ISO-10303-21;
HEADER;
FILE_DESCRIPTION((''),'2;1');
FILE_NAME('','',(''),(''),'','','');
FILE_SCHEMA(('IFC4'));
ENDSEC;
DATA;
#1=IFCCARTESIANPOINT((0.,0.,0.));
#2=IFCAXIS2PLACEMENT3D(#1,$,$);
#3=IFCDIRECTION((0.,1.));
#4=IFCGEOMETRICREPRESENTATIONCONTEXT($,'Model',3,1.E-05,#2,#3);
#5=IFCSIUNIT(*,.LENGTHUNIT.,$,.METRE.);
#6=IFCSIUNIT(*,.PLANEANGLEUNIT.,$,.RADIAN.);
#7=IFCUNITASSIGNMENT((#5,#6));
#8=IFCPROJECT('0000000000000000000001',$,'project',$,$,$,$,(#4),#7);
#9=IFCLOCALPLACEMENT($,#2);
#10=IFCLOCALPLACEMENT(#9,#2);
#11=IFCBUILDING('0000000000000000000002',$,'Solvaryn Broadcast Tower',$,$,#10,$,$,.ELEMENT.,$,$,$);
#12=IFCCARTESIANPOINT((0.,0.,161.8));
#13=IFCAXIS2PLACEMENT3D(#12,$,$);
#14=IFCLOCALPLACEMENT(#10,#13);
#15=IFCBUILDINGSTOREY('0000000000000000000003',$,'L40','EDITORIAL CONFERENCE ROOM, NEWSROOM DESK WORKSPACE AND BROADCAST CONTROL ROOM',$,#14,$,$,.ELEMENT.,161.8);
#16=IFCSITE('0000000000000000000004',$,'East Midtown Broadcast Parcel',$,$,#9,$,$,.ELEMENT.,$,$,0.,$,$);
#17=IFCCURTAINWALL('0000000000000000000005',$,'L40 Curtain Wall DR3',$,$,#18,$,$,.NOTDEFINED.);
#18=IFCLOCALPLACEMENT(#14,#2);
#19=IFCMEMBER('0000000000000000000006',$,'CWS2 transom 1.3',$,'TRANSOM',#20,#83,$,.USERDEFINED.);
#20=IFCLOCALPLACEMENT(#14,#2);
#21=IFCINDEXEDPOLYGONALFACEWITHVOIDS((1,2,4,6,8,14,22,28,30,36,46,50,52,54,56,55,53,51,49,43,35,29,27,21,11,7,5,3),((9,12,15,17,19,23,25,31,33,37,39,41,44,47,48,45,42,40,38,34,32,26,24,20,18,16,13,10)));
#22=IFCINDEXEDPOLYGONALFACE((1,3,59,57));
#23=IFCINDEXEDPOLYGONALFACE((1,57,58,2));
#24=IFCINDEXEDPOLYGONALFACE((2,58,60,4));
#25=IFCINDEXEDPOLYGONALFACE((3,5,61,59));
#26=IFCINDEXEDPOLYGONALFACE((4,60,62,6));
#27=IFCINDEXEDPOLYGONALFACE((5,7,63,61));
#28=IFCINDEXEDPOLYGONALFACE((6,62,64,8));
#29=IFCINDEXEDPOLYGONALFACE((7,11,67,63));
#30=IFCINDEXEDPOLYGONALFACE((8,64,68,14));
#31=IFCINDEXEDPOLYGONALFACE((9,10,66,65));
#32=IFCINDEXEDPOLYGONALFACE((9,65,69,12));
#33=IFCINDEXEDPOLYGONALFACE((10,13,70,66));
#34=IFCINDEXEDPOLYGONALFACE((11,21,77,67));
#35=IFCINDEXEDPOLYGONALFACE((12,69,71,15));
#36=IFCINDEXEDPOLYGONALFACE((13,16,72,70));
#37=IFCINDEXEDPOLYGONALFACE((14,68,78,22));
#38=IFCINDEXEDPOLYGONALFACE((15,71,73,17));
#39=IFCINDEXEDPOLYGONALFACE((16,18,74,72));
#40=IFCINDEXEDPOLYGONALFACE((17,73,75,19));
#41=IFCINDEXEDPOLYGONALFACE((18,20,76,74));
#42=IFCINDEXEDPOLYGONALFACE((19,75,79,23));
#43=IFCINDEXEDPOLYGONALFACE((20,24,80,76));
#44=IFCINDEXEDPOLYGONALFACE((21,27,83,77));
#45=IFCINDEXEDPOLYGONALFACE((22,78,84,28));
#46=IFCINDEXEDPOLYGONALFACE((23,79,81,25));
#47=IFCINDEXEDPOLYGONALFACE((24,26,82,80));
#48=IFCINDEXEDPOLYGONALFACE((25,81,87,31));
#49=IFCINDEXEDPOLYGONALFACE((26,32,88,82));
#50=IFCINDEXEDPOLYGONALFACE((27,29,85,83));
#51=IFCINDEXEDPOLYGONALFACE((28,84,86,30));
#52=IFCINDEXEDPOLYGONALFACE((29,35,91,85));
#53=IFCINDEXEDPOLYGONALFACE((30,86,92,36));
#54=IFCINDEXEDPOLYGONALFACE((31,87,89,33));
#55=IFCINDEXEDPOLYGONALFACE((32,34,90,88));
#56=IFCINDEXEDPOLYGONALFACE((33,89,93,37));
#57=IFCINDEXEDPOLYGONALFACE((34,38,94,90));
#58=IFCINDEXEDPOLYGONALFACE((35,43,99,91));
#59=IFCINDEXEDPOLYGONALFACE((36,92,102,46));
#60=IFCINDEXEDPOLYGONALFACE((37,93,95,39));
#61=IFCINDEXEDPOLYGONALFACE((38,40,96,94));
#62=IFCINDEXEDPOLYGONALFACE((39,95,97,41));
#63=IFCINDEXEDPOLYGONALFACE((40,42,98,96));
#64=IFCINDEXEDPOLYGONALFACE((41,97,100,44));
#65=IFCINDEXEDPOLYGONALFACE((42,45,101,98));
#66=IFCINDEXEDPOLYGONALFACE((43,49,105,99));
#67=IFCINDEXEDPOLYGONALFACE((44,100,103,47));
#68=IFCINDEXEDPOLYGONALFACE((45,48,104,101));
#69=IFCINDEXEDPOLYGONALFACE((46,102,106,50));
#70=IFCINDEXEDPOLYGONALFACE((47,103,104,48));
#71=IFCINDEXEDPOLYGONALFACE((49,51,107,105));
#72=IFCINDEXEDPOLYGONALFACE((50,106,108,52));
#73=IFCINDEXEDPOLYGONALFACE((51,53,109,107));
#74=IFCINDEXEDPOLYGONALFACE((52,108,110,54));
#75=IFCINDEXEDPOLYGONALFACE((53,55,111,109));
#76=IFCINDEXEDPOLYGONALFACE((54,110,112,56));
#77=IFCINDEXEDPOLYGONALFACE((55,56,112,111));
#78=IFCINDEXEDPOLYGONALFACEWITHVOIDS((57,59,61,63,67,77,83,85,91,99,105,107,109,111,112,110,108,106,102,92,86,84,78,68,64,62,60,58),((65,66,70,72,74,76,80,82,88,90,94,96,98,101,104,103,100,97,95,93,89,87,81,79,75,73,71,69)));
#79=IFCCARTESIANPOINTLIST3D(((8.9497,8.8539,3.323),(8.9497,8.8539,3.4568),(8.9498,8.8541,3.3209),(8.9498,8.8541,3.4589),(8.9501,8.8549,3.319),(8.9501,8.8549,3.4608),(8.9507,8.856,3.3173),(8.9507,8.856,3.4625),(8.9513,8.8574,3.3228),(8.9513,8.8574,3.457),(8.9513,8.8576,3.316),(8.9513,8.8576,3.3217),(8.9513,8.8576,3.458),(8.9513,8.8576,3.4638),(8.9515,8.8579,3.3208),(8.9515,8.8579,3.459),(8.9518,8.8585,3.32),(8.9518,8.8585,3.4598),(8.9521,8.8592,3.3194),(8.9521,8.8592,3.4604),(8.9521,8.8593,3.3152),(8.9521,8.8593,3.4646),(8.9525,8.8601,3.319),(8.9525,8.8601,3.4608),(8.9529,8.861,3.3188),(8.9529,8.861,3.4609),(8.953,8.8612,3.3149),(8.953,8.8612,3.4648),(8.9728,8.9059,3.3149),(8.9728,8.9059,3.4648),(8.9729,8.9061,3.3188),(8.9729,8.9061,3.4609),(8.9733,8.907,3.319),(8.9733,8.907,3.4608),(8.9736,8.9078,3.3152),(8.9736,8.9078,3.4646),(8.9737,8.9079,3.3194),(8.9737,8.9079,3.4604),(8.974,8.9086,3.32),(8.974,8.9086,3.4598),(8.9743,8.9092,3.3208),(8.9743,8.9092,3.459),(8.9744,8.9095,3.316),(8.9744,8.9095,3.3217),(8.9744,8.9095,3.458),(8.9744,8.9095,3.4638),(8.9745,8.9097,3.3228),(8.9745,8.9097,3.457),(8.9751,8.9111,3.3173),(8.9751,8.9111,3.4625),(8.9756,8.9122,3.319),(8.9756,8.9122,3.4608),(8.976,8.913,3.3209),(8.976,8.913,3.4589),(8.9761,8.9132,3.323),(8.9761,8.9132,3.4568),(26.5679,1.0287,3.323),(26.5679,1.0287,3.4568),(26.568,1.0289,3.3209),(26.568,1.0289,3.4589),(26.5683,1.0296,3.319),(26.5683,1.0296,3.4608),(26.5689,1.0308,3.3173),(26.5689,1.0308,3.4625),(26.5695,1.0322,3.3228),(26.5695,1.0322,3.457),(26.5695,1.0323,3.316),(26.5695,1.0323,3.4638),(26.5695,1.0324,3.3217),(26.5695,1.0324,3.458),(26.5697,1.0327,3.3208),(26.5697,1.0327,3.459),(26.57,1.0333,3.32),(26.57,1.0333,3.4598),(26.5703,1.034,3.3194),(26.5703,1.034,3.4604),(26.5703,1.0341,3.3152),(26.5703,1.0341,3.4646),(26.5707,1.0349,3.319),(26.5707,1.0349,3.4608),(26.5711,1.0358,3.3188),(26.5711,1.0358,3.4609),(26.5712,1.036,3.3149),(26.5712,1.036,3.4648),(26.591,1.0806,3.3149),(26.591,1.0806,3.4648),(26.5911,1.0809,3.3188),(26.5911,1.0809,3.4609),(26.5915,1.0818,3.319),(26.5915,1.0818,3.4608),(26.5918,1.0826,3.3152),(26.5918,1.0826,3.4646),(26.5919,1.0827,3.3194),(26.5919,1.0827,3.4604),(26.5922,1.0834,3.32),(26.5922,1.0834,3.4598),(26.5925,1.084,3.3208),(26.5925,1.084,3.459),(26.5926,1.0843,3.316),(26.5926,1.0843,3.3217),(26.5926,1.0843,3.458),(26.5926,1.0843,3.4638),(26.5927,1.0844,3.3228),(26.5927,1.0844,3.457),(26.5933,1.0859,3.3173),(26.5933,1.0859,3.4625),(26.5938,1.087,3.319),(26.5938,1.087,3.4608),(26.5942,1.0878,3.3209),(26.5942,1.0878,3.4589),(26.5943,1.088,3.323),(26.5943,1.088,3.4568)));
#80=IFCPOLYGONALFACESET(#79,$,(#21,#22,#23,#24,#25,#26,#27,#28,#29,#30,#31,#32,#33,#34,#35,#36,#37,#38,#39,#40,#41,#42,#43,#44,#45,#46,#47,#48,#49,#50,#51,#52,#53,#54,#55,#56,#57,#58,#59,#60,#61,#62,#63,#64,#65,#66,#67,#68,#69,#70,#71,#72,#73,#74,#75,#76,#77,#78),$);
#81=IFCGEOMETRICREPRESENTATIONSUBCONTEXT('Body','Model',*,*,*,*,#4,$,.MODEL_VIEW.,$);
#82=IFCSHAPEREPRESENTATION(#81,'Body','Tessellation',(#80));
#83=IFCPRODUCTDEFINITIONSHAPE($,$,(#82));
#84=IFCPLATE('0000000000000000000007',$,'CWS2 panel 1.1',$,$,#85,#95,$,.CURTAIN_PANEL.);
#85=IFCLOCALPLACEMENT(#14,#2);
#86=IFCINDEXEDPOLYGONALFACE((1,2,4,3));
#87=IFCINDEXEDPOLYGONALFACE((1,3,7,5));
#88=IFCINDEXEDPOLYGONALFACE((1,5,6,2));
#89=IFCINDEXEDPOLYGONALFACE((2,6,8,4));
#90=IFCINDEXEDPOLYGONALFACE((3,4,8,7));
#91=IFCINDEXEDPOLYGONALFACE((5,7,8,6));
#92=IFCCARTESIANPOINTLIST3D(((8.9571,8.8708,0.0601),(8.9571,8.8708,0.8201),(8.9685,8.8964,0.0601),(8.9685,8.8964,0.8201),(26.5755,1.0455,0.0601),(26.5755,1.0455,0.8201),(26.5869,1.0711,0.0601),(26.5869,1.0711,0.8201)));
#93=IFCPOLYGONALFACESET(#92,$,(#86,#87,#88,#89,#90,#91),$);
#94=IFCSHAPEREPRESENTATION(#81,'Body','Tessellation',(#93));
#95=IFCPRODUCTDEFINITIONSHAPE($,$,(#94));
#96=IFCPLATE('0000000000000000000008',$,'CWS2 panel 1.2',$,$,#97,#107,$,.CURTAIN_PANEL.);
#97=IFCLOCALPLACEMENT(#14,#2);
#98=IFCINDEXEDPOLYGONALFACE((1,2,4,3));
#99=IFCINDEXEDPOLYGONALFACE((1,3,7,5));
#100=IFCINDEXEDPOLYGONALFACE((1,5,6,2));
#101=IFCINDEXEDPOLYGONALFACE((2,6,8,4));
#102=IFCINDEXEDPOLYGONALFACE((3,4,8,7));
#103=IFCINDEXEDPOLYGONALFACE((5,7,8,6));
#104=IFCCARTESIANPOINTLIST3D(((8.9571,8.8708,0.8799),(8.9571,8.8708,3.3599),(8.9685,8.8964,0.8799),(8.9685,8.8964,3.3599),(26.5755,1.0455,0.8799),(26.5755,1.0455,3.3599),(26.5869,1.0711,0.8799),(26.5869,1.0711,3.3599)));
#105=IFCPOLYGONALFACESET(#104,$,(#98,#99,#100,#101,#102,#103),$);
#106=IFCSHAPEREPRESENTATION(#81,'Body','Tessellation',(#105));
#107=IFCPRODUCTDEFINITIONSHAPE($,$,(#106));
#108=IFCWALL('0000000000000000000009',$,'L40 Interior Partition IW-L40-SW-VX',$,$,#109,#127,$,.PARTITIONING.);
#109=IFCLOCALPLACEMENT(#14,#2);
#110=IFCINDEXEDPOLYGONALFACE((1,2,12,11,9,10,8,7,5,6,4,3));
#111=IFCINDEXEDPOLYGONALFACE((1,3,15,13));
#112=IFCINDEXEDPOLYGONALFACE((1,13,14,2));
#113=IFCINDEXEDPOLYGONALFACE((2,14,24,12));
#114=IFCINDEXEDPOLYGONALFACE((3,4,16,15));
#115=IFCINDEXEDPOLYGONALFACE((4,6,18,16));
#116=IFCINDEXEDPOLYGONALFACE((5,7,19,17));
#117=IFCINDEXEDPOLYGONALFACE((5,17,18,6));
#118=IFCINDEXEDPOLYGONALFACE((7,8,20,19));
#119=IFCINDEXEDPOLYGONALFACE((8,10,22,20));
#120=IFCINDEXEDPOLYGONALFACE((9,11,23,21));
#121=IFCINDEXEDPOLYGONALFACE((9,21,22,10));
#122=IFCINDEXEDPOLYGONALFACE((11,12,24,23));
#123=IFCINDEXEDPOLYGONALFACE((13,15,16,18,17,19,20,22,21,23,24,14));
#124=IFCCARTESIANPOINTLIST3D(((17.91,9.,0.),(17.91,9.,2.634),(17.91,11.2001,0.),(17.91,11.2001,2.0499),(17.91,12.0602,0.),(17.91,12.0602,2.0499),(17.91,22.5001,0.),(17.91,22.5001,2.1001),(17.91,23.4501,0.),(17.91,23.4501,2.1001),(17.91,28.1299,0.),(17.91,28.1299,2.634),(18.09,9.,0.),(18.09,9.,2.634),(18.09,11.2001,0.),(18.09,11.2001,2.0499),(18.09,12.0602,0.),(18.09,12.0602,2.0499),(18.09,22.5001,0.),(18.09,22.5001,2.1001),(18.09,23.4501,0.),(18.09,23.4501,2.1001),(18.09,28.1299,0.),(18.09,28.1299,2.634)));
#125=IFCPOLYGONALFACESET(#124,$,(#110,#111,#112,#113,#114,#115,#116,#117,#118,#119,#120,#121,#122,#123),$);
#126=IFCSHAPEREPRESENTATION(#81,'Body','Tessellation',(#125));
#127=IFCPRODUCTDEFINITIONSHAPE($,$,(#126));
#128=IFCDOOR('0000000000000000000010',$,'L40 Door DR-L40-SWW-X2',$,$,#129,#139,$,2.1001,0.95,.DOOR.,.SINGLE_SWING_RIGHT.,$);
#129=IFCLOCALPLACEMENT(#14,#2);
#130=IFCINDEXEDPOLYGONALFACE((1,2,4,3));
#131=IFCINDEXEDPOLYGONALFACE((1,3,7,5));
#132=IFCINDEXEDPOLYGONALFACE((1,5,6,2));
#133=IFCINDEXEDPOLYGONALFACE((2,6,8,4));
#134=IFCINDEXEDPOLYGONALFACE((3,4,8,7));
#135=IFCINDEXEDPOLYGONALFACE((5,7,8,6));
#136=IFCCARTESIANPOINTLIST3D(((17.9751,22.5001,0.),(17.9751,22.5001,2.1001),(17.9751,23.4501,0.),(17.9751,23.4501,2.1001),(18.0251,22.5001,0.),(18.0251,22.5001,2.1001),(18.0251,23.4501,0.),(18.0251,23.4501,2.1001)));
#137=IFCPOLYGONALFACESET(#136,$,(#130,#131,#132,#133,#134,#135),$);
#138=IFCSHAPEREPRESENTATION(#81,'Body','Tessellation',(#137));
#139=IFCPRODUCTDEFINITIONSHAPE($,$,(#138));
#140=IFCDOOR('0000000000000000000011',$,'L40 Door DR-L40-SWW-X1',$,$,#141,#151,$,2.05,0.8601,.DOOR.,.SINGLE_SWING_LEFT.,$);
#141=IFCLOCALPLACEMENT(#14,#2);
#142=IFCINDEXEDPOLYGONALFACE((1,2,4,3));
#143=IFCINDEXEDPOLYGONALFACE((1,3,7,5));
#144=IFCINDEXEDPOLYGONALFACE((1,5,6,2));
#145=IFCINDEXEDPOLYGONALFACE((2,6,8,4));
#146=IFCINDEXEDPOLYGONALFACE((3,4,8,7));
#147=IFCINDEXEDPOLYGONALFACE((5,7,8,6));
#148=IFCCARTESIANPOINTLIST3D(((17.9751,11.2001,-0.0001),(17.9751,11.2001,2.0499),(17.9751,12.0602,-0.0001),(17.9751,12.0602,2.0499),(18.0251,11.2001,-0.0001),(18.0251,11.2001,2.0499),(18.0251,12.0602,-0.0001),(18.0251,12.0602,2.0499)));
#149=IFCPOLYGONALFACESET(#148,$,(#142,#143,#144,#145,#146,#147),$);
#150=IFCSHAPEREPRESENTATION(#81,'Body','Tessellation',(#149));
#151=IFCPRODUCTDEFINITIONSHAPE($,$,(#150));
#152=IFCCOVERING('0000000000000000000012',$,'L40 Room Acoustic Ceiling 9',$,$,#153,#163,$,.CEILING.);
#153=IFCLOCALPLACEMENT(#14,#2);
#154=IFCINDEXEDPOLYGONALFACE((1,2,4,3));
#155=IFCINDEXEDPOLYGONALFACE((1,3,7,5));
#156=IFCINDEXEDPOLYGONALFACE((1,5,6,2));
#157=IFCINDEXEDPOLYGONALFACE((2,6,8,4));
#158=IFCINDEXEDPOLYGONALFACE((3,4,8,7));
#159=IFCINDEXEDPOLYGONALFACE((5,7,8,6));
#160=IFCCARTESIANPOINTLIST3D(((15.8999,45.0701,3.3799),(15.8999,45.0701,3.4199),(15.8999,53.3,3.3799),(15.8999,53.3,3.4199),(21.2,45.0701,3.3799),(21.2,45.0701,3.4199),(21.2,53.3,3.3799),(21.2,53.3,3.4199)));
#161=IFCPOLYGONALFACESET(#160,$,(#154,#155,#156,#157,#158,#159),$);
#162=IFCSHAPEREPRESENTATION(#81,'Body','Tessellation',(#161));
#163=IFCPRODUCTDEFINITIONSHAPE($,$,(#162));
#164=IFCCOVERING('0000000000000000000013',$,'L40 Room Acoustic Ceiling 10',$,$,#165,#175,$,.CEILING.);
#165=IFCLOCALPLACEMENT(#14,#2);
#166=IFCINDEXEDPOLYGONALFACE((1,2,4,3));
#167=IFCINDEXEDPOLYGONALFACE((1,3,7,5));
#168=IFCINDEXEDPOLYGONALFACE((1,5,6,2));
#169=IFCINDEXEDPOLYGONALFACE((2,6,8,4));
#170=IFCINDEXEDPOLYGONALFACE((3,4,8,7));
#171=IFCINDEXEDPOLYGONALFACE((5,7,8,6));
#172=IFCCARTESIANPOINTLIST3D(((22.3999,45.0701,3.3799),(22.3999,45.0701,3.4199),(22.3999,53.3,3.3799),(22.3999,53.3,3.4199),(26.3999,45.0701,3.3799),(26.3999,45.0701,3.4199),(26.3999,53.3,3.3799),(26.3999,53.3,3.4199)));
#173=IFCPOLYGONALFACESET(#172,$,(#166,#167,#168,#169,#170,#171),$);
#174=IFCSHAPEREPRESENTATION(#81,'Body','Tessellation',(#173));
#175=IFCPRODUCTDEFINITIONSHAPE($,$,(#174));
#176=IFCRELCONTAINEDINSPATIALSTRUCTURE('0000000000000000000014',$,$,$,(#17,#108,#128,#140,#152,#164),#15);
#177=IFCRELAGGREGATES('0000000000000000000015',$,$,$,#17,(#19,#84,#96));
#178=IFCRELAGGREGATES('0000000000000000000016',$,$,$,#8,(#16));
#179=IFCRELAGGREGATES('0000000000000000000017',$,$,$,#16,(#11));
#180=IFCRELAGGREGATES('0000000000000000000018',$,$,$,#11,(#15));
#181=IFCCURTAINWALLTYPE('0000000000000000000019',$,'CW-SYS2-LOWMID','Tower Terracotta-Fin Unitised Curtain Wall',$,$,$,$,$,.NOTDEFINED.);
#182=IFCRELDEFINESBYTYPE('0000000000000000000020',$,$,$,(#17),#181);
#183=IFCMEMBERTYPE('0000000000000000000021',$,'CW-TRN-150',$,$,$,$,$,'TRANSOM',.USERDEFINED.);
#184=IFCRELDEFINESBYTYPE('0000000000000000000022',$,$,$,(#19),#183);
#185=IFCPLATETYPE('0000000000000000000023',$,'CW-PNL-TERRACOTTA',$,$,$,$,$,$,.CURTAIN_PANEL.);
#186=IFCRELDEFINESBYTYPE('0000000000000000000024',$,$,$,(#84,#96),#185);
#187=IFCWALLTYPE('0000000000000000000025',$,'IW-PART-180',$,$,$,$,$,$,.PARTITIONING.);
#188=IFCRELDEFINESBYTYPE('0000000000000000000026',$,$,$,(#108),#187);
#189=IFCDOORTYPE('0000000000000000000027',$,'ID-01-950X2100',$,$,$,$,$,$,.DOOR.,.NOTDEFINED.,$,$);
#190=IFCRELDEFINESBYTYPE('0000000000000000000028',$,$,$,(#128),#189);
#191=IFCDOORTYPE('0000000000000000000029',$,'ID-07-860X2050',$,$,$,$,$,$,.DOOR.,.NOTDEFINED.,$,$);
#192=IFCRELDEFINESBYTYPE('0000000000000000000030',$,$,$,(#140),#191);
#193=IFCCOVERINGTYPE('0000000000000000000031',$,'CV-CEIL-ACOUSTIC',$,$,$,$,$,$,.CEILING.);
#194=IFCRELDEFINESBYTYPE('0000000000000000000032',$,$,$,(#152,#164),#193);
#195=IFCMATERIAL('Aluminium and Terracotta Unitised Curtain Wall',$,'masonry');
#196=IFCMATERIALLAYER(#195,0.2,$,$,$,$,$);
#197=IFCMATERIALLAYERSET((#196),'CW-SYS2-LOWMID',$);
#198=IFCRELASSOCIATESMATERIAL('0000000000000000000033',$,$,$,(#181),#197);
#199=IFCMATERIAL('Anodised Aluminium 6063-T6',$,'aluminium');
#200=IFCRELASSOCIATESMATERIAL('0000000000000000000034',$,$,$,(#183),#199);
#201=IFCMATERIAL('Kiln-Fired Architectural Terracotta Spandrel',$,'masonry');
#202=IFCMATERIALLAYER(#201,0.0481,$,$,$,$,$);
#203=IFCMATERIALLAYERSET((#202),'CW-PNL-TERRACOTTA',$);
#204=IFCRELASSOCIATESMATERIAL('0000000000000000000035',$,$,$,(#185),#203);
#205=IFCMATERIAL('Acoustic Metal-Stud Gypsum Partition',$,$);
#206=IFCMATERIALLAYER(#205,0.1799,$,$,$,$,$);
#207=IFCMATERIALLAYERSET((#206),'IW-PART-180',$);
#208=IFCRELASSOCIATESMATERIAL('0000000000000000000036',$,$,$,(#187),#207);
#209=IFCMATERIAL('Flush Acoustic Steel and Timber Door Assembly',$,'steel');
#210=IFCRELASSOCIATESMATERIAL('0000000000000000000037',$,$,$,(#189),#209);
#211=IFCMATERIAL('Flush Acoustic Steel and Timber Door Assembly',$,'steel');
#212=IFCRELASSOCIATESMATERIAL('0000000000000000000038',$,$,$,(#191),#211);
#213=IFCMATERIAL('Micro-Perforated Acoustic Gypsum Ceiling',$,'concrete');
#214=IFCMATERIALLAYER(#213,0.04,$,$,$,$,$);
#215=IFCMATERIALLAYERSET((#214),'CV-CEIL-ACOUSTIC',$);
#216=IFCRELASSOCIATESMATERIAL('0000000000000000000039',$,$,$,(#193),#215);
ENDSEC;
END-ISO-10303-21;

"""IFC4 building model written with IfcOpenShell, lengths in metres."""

from ifc_helpers import new_model, si_unit, direction, frame, frame_2d, origin, origin_2d, place, context, subcontext, project, spatial, polyline, rectangle, hollow_rectangle, outline, extrude, material, layer, layer_set, material_profile, profile_set, type_object, element, fill, aggregate, save


model = new_model("IFC4")

# Units and contexts
model_context = context("Model", 3, precision=1e-05, world=origin(), true_north=direction((0.0, 1.0)))
body_context = subcontext(model_context, "Body", "Model", "MODEL_VIEW")
ifc_project = project(units=[si_unit("LENGTHUNIT", "METRE"), si_unit("PLANEANGLEUNIT", "RADIAN")], contexts=[model_context])

# Site, building, storey
site_placement = place(None, origin())
site = spatial("IfcSite", under=ifc_project, at=site_placement, Name="East Midtown Broadcast Parcel", CompositionType="ELEMENT", RefElevation=0.0)
building_placement = place(site_placement, origin())
building = spatial("IfcBuilding", under=site, at=building_placement, Name="Solvaryn Broadcast Tower", CompositionType="ELEMENT")
storey_placement = place(building_placement, frame((0.0, 0.0, 161.8)))
storey = spatial("IfcBuildingStorey", under=building, at=storey_placement, Name="L40", Description="EDITORIAL CONFERENCE ROOM, NEWSROOM DESK WORKSPACE AND BROADCAST CONTROL ROOM", CompositionType="ELEMENT", Elevation=161.8)

# Curtain wall, member, plates
ifc_material_1 = material(Name="Aluminium and Terracotta Unitised Curtain Wall", Category="masonry")
ifc_layer_1 = layer(ifc_material_1, 0.2)
ifc_layer_set_1 = layer_set([ifc_layer_1], Name="CW-SYS2-LOWMID")
curtain_wall_type_1 = type_object("IfcCurtainWallType", Name="CW-SYS2-LOWMID", Description="Tower Terracotta-Fin Unitised Curtain Wall", PredefinedType="NOTDEFINED", material=ifc_layer_set_1)
curtain_wall_1_placement = place(storey_placement, origin())
curtain_wall_1 = element("IfcCurtainWall", 1, at=curtain_wall_1_placement, inside=storey, type_object=curtain_wall_type_1, Name="L40 Curtain Wall DR3", PredefinedType="NOTDEFINED")
ifc_material_2 = material(Name="Anodised Aluminium 6063-T6", Category="aluminium")
ifc_material_profile_1 = material_profile(ifc_material_2, hollow_rectangle(XDim=0.0649, YDim=0.1499, WallThickness=0.0039, InnerFilletRadius=0.0039, OuterFilletRadius=0.0081, at=origin_2d()))
ifc_profile_set_1 = profile_set([ifc_material_profile_1], Name="Anodised Aluminium 6063-T6")
member_type_1 = type_object("IfcMemberType", Name="CW-TRN-150", ElementType="TRANSOM", PredefinedType="USERDEFINED", material=ifc_profile_set_1)
member_1_placement = place(storey_placement, frame((8.9629, 8.8835, 3.3899), z_axis=(0.91391, -0.405918, 0.0), x_axis=(0.405918, 0.91391, 0.0)))
member_1 = element("IfcMember", 2, at=member_1_placement, type_object=member_type_1, Name="CWS2 transom 1.3", ObjectType="TRANSOM", PredefinedType="USERDEFINED", context=body_context, shape_type="SweptSolid", body=[
    extrude(hollow_rectangle(XDim=0.0649, YDim=0.1499, WallThickness=0.0039, InnerFilletRadius=0.0039, OuterFilletRadius=0.0081, at=origin_2d()), origin(), (0.0, 0.0, 1.0), 19.2778),
])
ifc_material_3 = material(Name="Kiln-Fired Architectural Terracotta Spandrel", Category="masonry")
ifc_layer_2 = layer(ifc_material_3, 0.0481)
ifc_layer_set_2 = layer_set([ifc_layer_2], Name="CW-PNL-TERRACOTTA")
plate_type = type_object("IfcPlateType", Name="CW-PNL-TERRACOTTA", PredefinedType="CURTAIN_PANEL", material=ifc_layer_set_2)
plate_1_placement = place(storey_placement, frame((17.772, 4.9709, 0.0601), z_axis=(0.0, 0.0, 1.0), x_axis=(0.913909, -0.405918, 0.0)))
plate_1 = element("IfcPlate", 3, at=plate_1_placement, type_object=plate_type, Name="CWS2 panel 1.1", PredefinedType="CURTAIN_PANEL", context=body_context, shape_type="SweptSolid", body=[
    extrude(rectangle(XDim=19.2781, YDim=0.0281, at=origin_2d()), origin(), (0.0, 0.0, 1.0), 0.76),
])
plate_2_placement = place(storey_placement, frame((17.772, 4.9709, 0.8799), z_axis=(0.0, 0.0, 1.0), x_axis=(0.913909, -0.405918, 0.0)))
plate_2 = element("IfcPlate", 4, at=plate_2_placement, type_object=plate_type, Name="CWS2 panel 1.2", PredefinedType="CURTAIN_PANEL", context=body_context, shape_type="SweptSolid", body=[
    extrude(rectangle(XDim=19.2781, YDim=0.0281, at=origin_2d()), origin(), (0.0, 0.0, 1.0), 2.48),
])
aggregate(curtain_wall_1, [member_1, plate_1, plate_2])

# Wall, openings, doors
ifc_material_4 = material(Name="Acoustic Metal-Stud Gypsum Partition")
ifc_layer_3 = layer(ifc_material_4, 0.1799)
ifc_layer_set_3 = layer_set([ifc_layer_3], Name="IW-PART-180")
wall_type = type_object("IfcWallType", Name="IW-PART-180", PredefinedType="PARTITIONING", material=ifc_layer_set_3)
wall_placement = place(storey_placement, frame((18.0, 9.0, 0.0), z_axis=(0.0, 0.0, 1.0), x_axis=(0.0, 1.0, 0.0)))
wall = element("IfcWall", 5, at=wall_placement, inside=storey, type_object=wall_type, Name="L40 Interior Partition IW-L40-SW-VX", PredefinedType="PARTITIONING", context=body_context, shape_type="SweptSolid", body=[
    extrude(rectangle(XDim=19.1299, YDim=0.1799, at=frame_2d((9.5649, 0.0))), origin(), (0.0, 0.0, 1.0), 2.634),
])
opening_1_placement = place(wall_placement, frame((2.2, 0.0, 0.0)))
opening_1 = element("IfcOpeningElement", 6, at=opening_1_placement, cuts=wall, PredefinedType="OPENING", context=body_context, shape_type="SweptSolid", body=[
    extrude(rectangle(XDim=0.8601, YDim=2.05, at=frame_2d((0.4302, 1.0249))), frame((0.0, 0.0999, 0.0), z_axis=(0.0, -1.0, 0.0), x_axis=(1.0, 0.0, 0.0)), (0.0, 0.0, 1.0), 0.2),
])
opening_2_placement = place(wall_placement, frame((13.5, 0.0, 0.0)))
opening_2 = element("IfcOpeningElement", 7, at=opening_2_placement, cuts=wall, PredefinedType="OPENING", context=body_context, shape_type="SweptSolid", body=[
    extrude(rectangle(XDim=0.95, YDim=2.1001, at=frame_2d((0.4751, 1.05))), frame((0.0, 0.0999, 0.0), z_axis=(0.0, -1.0, 0.0), x_axis=(1.0, 0.0, 0.0)), (0.0, 0.0, 1.0), 0.2),
])
ifc_material_5 = material(Name="Flush Acoustic Steel and Timber Door Assembly", Category="steel")
door_type_1 = type_object("IfcDoorType", Name="ID-01-950X2100", OperationType="NOTDEFINED", PredefinedType="DOOR", material=ifc_material_5)
door_1_placement = place(opening_2_placement, origin())
door_1 = element("IfcDoor", 8, at=door_1_placement, inside=storey, type_object=door_type_1, Name="L40 Door DR-L40-SWW-X2", OperationType="SINGLE_SWING_RIGHT", OverallHeight=2.1001, OverallWidth=0.95, PredefinedType="DOOR", context=body_context, shape_type="SweptSolid", body=[
    extrude(rectangle(XDim=0.95, YDim=2.1001, at=frame_2d((0.4751, 1.05))), frame((0.0, 0.0249, 0.0), z_axis=(0.0, -1.0, 0.0), x_axis=(1.0, 0.0, 0.0)), (0.0, 0.0, 1.0), 0.05),
])
fill(opening_2, door_1)
ifc_material_6 = material(Name="Flush Acoustic Steel and Timber Door Assembly", Category="steel")
door_type_2 = type_object("IfcDoorType", Name="ID-07-860X2050", OperationType="NOTDEFINED", PredefinedType="DOOR", material=ifc_material_6)
door_2_placement = place(opening_1_placement, origin())
door_2 = element("IfcDoor", 9, at=door_2_placement, inside=storey, type_object=door_type_2, Name="L40 Door DR-L40-SWW-X1", OperationType="SINGLE_SWING_LEFT", OverallHeight=2.05, OverallWidth=0.8601, PredefinedType="DOOR", context=body_context, shape_type="SweptSolid", body=[
    extrude(rectangle(XDim=0.8601, YDim=2.05, at=frame_2d((0.4302, 1.0249))), frame((0.0, 0.0249, 0.0), z_axis=(0.0, -1.0, 0.0), x_axis=(1.0, 0.0, 0.0)), (0.0, 0.0, 1.0), 0.05),
])
fill(opening_1, door_2)

# Coverings
ifc_material_7 = material(Name="Micro-Perforated Acoustic Gypsum Ceiling", Category="concrete")
ifc_layer_4 = layer(ifc_material_7, 0.04)
ifc_layer_set_4 = layer_set([ifc_layer_4], Name="CV-CEIL-ACOUSTIC")
covering_type_1 = type_object("IfcCoveringType", Name="CV-CEIL-ACOUSTIC", PredefinedType="CEILING", material=ifc_layer_set_4)
covering_1_placement = place(storey_placement, frame((0.0, 0.0, 3.3799)))
element("IfcCovering", 10, at=covering_1_placement, inside=storey, type_object=covering_type_1, Name="L40 Room Acoustic Ceiling 9", PredefinedType="CEILING", context=body_context, shape_type="SweptSolid", body=[
    extrude(outline(polyline([(15.8999, 45.0701), (21.2, 45.0701), (21.2, 53.3), (15.8999, 53.3), (15.8999, 45.0701)])), origin(), (0.0, 0.0, 1.0), 0.04),
])
covering_2_placement = place(storey_placement, frame((0.0, 0.0, 3.3799)))
element("IfcCovering", 11, at=covering_2_placement, inside=storey, type_object=covering_type_1, Name="L40 Room Acoustic Ceiling 10", PredefinedType="CEILING", context=body_context, shape_type="SweptSolid", body=[
    extrude(outline(polyline([(22.3999, 45.0701), (26.3999, 45.0701), (26.3999, 53.3), (22.3999, 53.3), (22.3999, 45.0701)])), origin(), (0.0, 0.0, 1.0), 0.04),
])

save(model, "model.ifc")
